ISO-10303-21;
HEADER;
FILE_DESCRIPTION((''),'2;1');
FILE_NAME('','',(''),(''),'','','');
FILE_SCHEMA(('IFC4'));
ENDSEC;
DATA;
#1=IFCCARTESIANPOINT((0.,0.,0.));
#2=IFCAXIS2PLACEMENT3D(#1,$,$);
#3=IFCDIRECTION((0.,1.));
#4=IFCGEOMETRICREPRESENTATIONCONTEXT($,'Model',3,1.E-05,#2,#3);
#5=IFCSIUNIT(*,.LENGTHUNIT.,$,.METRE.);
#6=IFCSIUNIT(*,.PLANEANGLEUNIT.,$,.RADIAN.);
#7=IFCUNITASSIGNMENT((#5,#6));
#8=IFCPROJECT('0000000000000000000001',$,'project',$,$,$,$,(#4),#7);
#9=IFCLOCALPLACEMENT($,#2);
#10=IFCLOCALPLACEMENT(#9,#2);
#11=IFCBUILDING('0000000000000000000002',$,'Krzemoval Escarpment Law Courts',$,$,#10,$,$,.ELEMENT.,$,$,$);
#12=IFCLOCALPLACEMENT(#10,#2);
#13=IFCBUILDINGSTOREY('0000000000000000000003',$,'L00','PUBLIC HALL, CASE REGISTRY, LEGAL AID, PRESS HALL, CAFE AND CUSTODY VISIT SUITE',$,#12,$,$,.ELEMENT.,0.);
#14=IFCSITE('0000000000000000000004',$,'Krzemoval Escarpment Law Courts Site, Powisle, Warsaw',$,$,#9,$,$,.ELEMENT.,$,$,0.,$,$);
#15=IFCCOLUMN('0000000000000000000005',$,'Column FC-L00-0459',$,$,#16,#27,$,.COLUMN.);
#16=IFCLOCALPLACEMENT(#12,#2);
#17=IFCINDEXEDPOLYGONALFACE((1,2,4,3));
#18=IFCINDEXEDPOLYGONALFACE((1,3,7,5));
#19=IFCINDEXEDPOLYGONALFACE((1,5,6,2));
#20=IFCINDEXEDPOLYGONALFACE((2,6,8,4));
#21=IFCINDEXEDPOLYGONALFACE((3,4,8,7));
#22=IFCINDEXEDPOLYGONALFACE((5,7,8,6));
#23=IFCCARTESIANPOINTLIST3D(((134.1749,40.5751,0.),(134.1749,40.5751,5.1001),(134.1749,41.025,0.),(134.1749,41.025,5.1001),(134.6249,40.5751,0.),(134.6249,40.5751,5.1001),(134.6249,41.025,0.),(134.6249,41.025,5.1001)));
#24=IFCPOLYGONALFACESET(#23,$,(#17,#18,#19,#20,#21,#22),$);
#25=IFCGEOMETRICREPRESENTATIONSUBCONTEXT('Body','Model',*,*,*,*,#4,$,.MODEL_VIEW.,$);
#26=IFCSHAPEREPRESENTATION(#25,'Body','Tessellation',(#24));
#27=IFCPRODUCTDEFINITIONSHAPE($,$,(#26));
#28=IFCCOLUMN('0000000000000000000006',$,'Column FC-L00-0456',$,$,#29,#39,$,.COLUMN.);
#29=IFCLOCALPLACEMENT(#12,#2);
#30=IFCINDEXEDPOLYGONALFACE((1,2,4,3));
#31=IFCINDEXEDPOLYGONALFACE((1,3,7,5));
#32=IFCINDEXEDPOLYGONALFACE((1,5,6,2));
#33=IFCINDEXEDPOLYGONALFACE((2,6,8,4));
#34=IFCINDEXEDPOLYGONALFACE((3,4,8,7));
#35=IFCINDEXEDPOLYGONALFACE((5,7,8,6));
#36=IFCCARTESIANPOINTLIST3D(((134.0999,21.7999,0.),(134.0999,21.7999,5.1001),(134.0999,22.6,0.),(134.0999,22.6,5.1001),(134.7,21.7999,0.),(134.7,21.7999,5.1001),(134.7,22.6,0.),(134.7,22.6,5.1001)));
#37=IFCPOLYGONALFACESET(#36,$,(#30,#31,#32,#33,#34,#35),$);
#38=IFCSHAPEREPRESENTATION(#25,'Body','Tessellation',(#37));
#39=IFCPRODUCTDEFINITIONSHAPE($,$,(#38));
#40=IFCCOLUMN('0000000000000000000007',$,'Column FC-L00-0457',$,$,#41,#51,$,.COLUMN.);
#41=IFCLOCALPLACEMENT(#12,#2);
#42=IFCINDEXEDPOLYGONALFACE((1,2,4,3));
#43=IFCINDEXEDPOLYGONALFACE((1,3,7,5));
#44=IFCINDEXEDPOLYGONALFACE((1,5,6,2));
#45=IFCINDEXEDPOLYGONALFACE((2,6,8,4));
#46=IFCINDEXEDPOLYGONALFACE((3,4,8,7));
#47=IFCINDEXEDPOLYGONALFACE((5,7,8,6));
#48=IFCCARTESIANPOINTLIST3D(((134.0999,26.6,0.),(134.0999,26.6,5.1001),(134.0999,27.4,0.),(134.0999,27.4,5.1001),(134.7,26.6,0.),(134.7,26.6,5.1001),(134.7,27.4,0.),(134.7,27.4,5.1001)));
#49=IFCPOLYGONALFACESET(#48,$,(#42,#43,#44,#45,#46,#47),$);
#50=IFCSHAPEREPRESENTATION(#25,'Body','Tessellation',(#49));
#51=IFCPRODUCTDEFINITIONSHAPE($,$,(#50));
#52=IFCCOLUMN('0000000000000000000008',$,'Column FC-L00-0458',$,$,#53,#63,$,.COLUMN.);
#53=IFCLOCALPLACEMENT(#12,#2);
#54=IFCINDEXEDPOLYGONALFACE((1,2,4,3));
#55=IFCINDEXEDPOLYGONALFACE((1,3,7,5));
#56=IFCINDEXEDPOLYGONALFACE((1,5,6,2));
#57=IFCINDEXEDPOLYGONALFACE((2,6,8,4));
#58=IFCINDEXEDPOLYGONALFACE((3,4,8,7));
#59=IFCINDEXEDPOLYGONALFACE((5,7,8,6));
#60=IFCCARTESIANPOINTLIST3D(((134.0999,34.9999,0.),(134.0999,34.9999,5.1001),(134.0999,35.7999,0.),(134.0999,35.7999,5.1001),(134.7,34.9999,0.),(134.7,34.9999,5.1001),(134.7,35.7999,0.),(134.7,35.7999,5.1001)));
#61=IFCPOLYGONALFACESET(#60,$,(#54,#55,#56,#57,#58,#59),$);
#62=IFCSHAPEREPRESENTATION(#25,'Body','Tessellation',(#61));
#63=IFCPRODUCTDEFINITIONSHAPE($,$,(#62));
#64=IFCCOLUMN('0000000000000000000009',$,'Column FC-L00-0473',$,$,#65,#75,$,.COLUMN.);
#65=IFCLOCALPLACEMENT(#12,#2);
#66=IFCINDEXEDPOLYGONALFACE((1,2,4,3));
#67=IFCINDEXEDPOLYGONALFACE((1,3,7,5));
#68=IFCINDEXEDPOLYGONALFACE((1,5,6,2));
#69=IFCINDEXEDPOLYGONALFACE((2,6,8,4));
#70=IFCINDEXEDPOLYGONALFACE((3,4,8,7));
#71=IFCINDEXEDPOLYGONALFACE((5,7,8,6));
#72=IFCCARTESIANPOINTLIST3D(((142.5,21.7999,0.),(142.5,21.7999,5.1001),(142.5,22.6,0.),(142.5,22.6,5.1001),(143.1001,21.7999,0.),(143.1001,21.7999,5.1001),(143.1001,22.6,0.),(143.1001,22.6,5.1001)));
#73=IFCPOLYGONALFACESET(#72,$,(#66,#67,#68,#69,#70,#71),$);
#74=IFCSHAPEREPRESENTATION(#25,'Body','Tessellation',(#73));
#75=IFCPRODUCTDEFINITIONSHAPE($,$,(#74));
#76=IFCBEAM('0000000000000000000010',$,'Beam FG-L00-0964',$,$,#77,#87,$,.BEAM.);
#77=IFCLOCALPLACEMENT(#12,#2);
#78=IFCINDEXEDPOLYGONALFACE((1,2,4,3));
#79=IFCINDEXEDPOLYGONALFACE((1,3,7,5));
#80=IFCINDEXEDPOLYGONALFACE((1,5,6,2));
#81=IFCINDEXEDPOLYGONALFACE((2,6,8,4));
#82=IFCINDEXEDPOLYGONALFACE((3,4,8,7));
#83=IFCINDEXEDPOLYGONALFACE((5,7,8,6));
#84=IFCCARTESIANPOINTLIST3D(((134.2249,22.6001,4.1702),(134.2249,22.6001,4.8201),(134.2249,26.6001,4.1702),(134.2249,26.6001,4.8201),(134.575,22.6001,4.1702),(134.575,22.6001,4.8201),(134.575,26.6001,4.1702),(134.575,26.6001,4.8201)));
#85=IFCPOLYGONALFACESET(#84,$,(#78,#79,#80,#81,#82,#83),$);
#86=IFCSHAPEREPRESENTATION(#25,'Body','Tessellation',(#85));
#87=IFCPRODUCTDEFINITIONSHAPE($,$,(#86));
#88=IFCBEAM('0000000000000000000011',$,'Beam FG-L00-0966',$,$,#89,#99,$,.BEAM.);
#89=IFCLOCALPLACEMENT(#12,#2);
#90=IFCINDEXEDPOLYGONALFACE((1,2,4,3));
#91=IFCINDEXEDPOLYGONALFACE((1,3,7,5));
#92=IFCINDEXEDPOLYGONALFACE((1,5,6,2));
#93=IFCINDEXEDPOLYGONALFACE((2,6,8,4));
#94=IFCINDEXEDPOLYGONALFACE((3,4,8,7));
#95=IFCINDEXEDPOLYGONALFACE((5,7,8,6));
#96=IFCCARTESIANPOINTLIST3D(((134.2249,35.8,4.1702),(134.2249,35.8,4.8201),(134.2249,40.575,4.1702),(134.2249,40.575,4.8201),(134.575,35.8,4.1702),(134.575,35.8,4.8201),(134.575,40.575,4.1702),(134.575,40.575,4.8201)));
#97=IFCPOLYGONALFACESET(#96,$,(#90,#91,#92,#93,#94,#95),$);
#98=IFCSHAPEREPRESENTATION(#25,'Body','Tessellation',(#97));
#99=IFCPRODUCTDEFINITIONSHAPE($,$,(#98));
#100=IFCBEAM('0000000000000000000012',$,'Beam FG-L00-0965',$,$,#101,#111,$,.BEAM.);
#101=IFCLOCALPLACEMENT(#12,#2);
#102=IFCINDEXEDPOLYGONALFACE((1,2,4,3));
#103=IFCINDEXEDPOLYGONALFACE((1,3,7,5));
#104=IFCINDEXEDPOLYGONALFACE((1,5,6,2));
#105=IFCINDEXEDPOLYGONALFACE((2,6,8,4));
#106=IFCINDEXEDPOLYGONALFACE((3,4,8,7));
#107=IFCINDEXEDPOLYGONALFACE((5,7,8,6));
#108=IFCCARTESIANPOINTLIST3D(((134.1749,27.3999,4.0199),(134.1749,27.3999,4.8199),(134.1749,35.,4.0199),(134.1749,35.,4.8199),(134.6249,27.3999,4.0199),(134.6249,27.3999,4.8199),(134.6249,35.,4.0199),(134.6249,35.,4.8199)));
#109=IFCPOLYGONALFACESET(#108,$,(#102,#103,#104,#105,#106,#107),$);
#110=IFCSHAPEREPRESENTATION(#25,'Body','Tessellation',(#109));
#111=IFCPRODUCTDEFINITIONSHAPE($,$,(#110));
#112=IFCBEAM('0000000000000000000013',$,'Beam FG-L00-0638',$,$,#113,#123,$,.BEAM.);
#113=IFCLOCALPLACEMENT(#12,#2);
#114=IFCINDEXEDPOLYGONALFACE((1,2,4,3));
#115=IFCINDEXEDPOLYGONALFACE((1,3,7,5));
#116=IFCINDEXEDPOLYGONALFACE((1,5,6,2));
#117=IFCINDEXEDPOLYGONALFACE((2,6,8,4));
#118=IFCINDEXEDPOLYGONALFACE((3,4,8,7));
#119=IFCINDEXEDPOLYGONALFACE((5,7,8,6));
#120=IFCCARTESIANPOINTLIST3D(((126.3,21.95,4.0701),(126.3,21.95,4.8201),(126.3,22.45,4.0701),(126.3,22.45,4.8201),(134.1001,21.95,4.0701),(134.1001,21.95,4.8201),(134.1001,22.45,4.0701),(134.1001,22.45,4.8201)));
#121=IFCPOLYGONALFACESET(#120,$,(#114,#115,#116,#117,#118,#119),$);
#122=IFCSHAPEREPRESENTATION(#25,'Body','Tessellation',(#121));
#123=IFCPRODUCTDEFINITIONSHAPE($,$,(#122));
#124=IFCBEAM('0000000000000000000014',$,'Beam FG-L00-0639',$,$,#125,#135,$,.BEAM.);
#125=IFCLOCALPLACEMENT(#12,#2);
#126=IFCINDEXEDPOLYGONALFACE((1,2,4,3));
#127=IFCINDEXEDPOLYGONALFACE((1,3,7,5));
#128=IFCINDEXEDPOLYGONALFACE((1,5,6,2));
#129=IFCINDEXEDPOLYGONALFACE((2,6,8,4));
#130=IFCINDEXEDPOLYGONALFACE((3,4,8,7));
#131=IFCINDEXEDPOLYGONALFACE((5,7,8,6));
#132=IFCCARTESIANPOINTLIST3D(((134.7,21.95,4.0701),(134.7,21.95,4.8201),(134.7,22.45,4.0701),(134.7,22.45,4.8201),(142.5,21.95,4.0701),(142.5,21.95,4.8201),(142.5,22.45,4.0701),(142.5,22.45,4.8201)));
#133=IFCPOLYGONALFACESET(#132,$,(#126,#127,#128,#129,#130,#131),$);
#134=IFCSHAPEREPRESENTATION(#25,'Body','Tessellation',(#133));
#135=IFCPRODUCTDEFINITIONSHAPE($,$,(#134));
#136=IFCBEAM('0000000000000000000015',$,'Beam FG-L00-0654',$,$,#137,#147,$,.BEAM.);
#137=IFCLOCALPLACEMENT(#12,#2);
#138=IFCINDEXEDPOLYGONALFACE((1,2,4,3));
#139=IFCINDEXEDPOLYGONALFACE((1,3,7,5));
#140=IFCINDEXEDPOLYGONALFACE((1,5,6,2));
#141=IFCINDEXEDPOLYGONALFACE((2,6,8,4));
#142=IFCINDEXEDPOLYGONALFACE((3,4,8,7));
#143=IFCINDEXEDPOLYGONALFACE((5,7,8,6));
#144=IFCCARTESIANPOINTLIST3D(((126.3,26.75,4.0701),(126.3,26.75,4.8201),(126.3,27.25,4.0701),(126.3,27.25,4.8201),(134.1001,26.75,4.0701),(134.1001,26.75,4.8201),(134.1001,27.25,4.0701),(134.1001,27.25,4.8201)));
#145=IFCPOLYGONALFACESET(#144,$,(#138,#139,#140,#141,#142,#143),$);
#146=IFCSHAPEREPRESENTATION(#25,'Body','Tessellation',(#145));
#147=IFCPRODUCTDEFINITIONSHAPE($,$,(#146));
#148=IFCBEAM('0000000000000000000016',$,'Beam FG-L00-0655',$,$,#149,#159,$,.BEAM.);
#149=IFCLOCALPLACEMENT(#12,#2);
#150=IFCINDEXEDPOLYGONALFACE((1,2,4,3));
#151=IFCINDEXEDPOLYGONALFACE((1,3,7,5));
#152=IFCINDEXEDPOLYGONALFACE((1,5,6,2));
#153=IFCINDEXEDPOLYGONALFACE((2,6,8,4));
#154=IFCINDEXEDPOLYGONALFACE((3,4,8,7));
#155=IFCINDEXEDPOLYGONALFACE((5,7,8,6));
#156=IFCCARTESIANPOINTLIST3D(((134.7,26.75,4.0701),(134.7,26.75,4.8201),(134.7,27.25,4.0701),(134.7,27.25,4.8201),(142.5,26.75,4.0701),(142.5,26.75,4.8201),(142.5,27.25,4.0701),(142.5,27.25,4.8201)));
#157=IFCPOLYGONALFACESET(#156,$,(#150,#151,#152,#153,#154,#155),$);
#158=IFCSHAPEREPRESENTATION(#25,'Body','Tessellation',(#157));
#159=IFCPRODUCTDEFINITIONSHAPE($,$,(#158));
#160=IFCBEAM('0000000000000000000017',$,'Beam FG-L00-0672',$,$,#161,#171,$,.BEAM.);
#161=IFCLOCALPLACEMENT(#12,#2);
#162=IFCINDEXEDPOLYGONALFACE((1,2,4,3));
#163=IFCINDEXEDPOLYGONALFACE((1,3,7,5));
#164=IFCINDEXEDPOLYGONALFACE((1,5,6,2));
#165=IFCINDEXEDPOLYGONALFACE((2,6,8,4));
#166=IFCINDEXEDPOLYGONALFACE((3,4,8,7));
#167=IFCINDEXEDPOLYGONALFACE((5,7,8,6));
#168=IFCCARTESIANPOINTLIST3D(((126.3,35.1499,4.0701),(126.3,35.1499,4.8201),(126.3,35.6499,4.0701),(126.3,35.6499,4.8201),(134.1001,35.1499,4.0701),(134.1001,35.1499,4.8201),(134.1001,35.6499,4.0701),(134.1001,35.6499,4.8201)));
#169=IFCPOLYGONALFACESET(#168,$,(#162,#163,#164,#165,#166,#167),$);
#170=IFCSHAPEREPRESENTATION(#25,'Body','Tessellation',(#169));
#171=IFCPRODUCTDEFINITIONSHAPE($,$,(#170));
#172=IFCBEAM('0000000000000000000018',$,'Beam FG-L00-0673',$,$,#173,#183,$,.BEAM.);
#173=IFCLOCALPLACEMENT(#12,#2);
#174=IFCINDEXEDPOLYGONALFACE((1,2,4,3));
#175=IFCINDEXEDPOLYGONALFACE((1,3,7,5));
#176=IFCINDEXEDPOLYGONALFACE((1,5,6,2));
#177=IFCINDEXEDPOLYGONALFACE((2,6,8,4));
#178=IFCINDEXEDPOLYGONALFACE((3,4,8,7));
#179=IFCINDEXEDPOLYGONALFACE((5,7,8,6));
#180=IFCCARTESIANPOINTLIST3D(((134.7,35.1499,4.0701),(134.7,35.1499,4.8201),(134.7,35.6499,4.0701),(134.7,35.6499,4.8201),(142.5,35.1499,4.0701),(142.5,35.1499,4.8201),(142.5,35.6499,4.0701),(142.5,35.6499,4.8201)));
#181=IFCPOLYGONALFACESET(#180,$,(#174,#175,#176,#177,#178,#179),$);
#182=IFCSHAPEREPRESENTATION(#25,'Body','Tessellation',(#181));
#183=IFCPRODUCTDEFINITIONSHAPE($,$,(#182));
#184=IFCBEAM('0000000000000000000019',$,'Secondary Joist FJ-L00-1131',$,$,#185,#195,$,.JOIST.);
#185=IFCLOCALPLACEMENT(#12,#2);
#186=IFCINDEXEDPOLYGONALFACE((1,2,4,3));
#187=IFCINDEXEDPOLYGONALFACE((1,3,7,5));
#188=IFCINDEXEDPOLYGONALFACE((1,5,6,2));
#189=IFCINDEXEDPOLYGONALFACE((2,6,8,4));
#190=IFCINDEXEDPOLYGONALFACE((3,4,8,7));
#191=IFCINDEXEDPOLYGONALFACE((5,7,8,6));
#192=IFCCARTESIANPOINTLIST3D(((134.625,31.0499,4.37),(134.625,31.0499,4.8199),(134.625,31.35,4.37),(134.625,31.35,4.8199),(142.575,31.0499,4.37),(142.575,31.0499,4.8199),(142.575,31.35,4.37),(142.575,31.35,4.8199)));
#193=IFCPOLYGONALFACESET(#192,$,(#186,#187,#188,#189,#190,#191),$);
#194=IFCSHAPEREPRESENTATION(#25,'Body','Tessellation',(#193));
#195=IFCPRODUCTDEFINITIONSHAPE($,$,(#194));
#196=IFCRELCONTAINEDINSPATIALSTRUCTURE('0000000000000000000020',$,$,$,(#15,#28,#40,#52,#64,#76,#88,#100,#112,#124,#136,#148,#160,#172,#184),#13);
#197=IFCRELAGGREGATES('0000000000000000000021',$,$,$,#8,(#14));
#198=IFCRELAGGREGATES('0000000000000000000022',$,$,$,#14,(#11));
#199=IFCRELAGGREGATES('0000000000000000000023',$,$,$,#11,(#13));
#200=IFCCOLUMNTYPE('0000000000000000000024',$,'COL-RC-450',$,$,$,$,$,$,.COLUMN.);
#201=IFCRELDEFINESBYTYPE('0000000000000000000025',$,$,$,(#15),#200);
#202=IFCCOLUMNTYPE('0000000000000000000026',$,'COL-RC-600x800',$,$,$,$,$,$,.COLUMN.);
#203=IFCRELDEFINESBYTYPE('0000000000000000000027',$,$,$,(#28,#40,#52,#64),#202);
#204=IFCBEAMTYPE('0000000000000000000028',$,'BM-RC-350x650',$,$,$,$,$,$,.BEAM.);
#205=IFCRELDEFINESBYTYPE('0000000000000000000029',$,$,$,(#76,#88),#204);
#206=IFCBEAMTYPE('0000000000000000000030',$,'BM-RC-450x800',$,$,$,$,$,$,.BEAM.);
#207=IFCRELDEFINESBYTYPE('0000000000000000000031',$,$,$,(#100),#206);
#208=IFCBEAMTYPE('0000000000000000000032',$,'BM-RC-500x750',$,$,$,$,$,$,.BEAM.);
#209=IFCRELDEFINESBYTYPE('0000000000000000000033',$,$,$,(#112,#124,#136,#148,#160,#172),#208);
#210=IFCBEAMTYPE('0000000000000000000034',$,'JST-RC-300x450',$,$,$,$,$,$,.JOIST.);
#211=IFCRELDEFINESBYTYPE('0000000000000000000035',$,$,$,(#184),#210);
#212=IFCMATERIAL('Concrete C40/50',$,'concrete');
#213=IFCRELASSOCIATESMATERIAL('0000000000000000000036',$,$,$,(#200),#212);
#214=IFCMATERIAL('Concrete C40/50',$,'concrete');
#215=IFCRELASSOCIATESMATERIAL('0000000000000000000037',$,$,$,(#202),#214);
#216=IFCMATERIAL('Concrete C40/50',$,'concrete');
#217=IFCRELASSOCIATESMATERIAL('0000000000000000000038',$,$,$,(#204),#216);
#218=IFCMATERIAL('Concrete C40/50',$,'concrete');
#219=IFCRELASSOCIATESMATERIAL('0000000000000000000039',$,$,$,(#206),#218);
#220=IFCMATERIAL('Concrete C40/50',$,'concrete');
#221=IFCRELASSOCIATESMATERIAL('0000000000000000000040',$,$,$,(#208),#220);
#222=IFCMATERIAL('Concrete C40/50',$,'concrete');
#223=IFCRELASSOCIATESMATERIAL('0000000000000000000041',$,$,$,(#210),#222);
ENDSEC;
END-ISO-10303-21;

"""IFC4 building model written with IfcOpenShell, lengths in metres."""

from ifc_helpers import new_model, si_unit, direction, frame, origin, origin_2d, place, context, subcontext, project, spatial, rectangle, extrude, material, material_profile, profile_set, type_object, element, save


model = new_model("IFC4")

# Units and contexts
model_context = context("Model", 3, precision=1e-05, world=origin(), true_north=direction((0.0, 1.0)))
body_context = subcontext(model_context, "Body", "Model", "MODEL_VIEW")
ifc_project = project(units=[si_unit("LENGTHUNIT", "METRE"), si_unit("PLANEANGLEUNIT", "RADIAN")], contexts=[model_context])

# Site, building, storey
site_placement = place(None, origin())
site = spatial("IfcSite", under=ifc_project, at=site_placement, Name="Krzemoval Escarpment Law Courts Site, Powisle, Warsaw", CompositionType="ELEMENT", RefElevation=0.0)
building_placement = place(site_placement, origin())
building = spatial("IfcBuilding", under=site, at=building_placement, Name="Krzemoval Escarpment Law Courts", CompositionType="ELEMENT")
storey_placement = place(building_placement, origin())
storey = spatial("IfcBuildingStorey", under=building, at=storey_placement, Name="L00", Description="PUBLIC HALL, CASE REGISTRY, LEGAL AID, PRESS HALL, CAFE AND CUSTODY VISIT SUITE", CompositionType="ELEMENT", Elevation=0.0)

# Columns
ifc_material_1 = material(Name="Concrete C40/50", Category="concrete")
ifc_material_profile_1 = material_profile(ifc_material_1, rectangle(XDim=0.45, YDim=0.45, at=origin_2d()), Name="RC 450x450")
ifc_profile_set_1 = profile_set([ifc_material_profile_1], Name="Concrete C40/50")
column_type_1 = type_object("IfcColumnType", Name="COL-RC-450", PredefinedType="COLUMN", material=ifc_profile_set_1)
column_placement = place(storey_placement, frame((134.3999, 40.8, 0.0), z_axis=(0.0, 0.0, 1.0), x_axis=(1.0, 0.0, 0.0)))
element("IfcColumn", 1, at=column_placement, inside=storey, type_object=column_type_1, Name="Column FC-L00-0459", PredefinedType="COLUMN", context=body_context, shape_type="SweptSolid", body=[
    extrude(rectangle(XDim=0.45, YDim=0.45, at=origin_2d()), origin(), (0.0, 0.0, 1.0), 5.1001),
])
ifc_material_2 = material(Name="Concrete C40/50", Category="concrete")
ifc_material_profile_2 = material_profile(ifc_material_2, rectangle(XDim=0.6001, YDim=0.8, at=origin_2d()), Name="RC 600x800")
ifc_profile_set_2 = profile_set([ifc_material_profile_2], Name="Concrete C40/50")
column_type_2 = type_object("IfcColumnType", Name="COL-RC-600x800", PredefinedType="COLUMN", material=ifc_profile_set_2)
for number, where, z_axis, x_axis, name in (
    (2, (134.3999, 22.2, 0.0), (0.0, 0.0, 1.0), (1.0, 0.0, 0.0), "Column FC-L00-0456"),
    (3, (134.3999, 27.0, 0.0), (0.0, 0.0, 1.0), (1.0, 0.0, 0.0), "Column FC-L00-0457"),
    (4, (134.3999, 35.3999, 0.0), (0.0, 0.0, 1.0), (1.0, 0.0, 0.0), "Column FC-L00-0458"),
    (5, (142.8, 22.2, 0.0), (0.0, 0.0, 1.0), (1.0, 0.0, 0.0), "Column FC-L00-0473"),
):
    element("IfcColumn", number, at=place(storey_placement, frame(where, z_axis=z_axis, x_axis=x_axis)), inside=storey, type_object=column_type_2, Name=name, PredefinedType="COLUMN", context=body_context, shape_type="SweptSolid", body=[
        extrude(rectangle(XDim=0.6001, YDim=0.8, at=origin_2d()), origin(), (0.0, 0.0, 1.0), 5.1001),
    ])

# Beams
ifc_material_3 = material(Name="Concrete C40/50", Category="concrete")
ifc_material_profile_3 = material_profile(ifc_material_3, rectangle(XDim=0.3501, YDim=0.6499, at=origin_2d()), Name="RCB 350x650")
ifc_profile_set_3 = profile_set([ifc_material_profile_3], Name="Concrete C40/50")
beam_type_1 = type_object("IfcBeamType", Name="BM-RC-350x650", PredefinedType="BEAM", material=ifc_profile_set_3)
beam_1_placement = place(storey_placement, frame((134.3999, 22.6001, 4.4951), z_axis=(0.0, 1.0, 0.0), x_axis=(-1.0, 0.0, 0.0)))
element("IfcBeam", 6, at=beam_1_placement, inside=storey, type_object=beam_type_1, Name="Beam FG-L00-0964", PredefinedType="BEAM", context=body_context, shape_type="SweptSolid", body=[
    extrude(rectangle(XDim=0.3501, YDim=0.6499, at=origin_2d()), origin(), (0.0, 0.0, 1.0), 4.0),
])
beam_2_placement = place(storey_placement, frame((134.3999, 35.8, 4.4951), z_axis=(0.0, 1.0, 0.0), x_axis=(-1.0, 0.0, 0.0)))
element("IfcBeam", 7, at=beam_2_placement, inside=storey, type_object=beam_type_1, Name="Beam FG-L00-0966", PredefinedType="BEAM", context=body_context, shape_type="SweptSolid", body=[
    extrude(rectangle(XDim=0.3501, YDim=0.6499, at=origin_2d()), origin(), (0.0, 0.0, 1.0), 4.7749),
])
ifc_material_4 = material(Name="Concrete C40/50", Category="concrete")
ifc_material_profile_4 = material_profile(ifc_material_4, rectangle(XDim=0.45, YDim=0.8, at=origin_2d()), Name="RCB 450x800")
ifc_profile_set_4 = profile_set([ifc_material_profile_4], Name="Concrete C40/50")
beam_type_2 = type_object("IfcBeamType", Name="BM-RC-450x800", PredefinedType="BEAM", material=ifc_profile_set_4)
beam_3_placement = place(storey_placement, frame((134.3999, 27.3999, 4.4199), z_axis=(0.0, 1.0, 0.0), x_axis=(-1.0, 0.0, 0.0)))
element("IfcBeam", 8, at=beam_3_placement, inside=storey, type_object=beam_type_2, Name="Beam FG-L00-0965", PredefinedType="BEAM", context=body_context, shape_type="SweptSolid", body=[
    extrude(rectangle(XDim=0.45, YDim=0.8, at=origin_2d()), origin(), (0.0, 0.0, 1.0), 7.6001),
])
ifc_material_5 = material(Name="Concrete C40/50", Category="concrete")
ifc_material_profile_5 = material_profile(ifc_material_5, rectangle(XDim=0.5, YDim=0.75, at=origin_2d()), Name="RCB 500x750")
ifc_profile_set_5 = profile_set([ifc_material_profile_5], Name="Concrete C40/50")
beam_type_3 = type_object("IfcBeamType", Name="BM-RC-500x750", PredefinedType="BEAM", material=ifc_profile_set_5)
for number, where, z_axis, x_axis, name in (
    (9, (126.3, 22.2, 4.4451), (1.0, 0.0, 0.0), (0.0, 1.0, 0.0), "Beam FG-L00-0638"),
    (10, (134.7, 22.2, 4.4451), (1.0, 0.0, 0.0), (0.0, 1.0, 0.0), "Beam FG-L00-0639"),
    (11, (126.3, 27.0, 4.4451), (1.0, 0.0, 0.0), (0.0, 1.0, 0.0), "Beam FG-L00-0654"),
    (12, (134.7, 27.0, 4.4451), (1.0, 0.0, 0.0), (0.0, 1.0, 0.0), "Beam FG-L00-0655"),
    (13, (126.3, 35.3999, 4.4451), (1.0, 0.0, 0.0), (0.0, 1.0, 0.0), "Beam FG-L00-0672"),
    (14, (134.7, 35.3999, 4.4451), (1.0, 0.0, 0.0), (0.0, 1.0, 0.0), "Beam FG-L00-0673"),
):
    element("IfcBeam", number, at=place(storey_placement, frame(where, z_axis=z_axis, x_axis=x_axis)), inside=storey, type_object=beam_type_3, Name=name, PredefinedType="BEAM", context=body_context, shape_type="SweptSolid", body=[
        extrude(rectangle(XDim=0.5, YDim=0.75, at=origin_2d()), origin(), (0.0, 0.0, 1.0), 7.8),
    ])
ifc_material_6 = material(Name="Concrete C40/50", Category="concrete")
ifc_material_profile_6 = material_profile(ifc_material_6, rectangle(XDim=0.3, YDim=0.45, at=origin_2d()), Name="RCB 300x450")
ifc_profile_set_6 = profile_set([ifc_material_profile_6], Name="Concrete C40/50")
beam_type_4 = type_object("IfcBeamType", Name="JST-RC-300x450", PredefinedType="JOIST", material=ifc_profile_set_6)
beam_4_placement = place(storey_placement, frame((134.625, 31.2, 4.595), z_axis=(1.0, 0.0, 0.0), x_axis=(0.0, 1.0, 0.0)))
element("IfcBeam", 15, at=beam_4_placement, inside=storey, type_object=beam_type_4, Name="Secondary Joist FJ-L00-1131", PredefinedType="JOIST", context=body_context, shape_type="SweptSolid", body=[
    extrude(rectangle(XDim=0.3, YDim=0.45, at=origin_2d()), origin(), (0.0, 0.0, 1.0), 7.95),
])

save(model, "model.ifc")
